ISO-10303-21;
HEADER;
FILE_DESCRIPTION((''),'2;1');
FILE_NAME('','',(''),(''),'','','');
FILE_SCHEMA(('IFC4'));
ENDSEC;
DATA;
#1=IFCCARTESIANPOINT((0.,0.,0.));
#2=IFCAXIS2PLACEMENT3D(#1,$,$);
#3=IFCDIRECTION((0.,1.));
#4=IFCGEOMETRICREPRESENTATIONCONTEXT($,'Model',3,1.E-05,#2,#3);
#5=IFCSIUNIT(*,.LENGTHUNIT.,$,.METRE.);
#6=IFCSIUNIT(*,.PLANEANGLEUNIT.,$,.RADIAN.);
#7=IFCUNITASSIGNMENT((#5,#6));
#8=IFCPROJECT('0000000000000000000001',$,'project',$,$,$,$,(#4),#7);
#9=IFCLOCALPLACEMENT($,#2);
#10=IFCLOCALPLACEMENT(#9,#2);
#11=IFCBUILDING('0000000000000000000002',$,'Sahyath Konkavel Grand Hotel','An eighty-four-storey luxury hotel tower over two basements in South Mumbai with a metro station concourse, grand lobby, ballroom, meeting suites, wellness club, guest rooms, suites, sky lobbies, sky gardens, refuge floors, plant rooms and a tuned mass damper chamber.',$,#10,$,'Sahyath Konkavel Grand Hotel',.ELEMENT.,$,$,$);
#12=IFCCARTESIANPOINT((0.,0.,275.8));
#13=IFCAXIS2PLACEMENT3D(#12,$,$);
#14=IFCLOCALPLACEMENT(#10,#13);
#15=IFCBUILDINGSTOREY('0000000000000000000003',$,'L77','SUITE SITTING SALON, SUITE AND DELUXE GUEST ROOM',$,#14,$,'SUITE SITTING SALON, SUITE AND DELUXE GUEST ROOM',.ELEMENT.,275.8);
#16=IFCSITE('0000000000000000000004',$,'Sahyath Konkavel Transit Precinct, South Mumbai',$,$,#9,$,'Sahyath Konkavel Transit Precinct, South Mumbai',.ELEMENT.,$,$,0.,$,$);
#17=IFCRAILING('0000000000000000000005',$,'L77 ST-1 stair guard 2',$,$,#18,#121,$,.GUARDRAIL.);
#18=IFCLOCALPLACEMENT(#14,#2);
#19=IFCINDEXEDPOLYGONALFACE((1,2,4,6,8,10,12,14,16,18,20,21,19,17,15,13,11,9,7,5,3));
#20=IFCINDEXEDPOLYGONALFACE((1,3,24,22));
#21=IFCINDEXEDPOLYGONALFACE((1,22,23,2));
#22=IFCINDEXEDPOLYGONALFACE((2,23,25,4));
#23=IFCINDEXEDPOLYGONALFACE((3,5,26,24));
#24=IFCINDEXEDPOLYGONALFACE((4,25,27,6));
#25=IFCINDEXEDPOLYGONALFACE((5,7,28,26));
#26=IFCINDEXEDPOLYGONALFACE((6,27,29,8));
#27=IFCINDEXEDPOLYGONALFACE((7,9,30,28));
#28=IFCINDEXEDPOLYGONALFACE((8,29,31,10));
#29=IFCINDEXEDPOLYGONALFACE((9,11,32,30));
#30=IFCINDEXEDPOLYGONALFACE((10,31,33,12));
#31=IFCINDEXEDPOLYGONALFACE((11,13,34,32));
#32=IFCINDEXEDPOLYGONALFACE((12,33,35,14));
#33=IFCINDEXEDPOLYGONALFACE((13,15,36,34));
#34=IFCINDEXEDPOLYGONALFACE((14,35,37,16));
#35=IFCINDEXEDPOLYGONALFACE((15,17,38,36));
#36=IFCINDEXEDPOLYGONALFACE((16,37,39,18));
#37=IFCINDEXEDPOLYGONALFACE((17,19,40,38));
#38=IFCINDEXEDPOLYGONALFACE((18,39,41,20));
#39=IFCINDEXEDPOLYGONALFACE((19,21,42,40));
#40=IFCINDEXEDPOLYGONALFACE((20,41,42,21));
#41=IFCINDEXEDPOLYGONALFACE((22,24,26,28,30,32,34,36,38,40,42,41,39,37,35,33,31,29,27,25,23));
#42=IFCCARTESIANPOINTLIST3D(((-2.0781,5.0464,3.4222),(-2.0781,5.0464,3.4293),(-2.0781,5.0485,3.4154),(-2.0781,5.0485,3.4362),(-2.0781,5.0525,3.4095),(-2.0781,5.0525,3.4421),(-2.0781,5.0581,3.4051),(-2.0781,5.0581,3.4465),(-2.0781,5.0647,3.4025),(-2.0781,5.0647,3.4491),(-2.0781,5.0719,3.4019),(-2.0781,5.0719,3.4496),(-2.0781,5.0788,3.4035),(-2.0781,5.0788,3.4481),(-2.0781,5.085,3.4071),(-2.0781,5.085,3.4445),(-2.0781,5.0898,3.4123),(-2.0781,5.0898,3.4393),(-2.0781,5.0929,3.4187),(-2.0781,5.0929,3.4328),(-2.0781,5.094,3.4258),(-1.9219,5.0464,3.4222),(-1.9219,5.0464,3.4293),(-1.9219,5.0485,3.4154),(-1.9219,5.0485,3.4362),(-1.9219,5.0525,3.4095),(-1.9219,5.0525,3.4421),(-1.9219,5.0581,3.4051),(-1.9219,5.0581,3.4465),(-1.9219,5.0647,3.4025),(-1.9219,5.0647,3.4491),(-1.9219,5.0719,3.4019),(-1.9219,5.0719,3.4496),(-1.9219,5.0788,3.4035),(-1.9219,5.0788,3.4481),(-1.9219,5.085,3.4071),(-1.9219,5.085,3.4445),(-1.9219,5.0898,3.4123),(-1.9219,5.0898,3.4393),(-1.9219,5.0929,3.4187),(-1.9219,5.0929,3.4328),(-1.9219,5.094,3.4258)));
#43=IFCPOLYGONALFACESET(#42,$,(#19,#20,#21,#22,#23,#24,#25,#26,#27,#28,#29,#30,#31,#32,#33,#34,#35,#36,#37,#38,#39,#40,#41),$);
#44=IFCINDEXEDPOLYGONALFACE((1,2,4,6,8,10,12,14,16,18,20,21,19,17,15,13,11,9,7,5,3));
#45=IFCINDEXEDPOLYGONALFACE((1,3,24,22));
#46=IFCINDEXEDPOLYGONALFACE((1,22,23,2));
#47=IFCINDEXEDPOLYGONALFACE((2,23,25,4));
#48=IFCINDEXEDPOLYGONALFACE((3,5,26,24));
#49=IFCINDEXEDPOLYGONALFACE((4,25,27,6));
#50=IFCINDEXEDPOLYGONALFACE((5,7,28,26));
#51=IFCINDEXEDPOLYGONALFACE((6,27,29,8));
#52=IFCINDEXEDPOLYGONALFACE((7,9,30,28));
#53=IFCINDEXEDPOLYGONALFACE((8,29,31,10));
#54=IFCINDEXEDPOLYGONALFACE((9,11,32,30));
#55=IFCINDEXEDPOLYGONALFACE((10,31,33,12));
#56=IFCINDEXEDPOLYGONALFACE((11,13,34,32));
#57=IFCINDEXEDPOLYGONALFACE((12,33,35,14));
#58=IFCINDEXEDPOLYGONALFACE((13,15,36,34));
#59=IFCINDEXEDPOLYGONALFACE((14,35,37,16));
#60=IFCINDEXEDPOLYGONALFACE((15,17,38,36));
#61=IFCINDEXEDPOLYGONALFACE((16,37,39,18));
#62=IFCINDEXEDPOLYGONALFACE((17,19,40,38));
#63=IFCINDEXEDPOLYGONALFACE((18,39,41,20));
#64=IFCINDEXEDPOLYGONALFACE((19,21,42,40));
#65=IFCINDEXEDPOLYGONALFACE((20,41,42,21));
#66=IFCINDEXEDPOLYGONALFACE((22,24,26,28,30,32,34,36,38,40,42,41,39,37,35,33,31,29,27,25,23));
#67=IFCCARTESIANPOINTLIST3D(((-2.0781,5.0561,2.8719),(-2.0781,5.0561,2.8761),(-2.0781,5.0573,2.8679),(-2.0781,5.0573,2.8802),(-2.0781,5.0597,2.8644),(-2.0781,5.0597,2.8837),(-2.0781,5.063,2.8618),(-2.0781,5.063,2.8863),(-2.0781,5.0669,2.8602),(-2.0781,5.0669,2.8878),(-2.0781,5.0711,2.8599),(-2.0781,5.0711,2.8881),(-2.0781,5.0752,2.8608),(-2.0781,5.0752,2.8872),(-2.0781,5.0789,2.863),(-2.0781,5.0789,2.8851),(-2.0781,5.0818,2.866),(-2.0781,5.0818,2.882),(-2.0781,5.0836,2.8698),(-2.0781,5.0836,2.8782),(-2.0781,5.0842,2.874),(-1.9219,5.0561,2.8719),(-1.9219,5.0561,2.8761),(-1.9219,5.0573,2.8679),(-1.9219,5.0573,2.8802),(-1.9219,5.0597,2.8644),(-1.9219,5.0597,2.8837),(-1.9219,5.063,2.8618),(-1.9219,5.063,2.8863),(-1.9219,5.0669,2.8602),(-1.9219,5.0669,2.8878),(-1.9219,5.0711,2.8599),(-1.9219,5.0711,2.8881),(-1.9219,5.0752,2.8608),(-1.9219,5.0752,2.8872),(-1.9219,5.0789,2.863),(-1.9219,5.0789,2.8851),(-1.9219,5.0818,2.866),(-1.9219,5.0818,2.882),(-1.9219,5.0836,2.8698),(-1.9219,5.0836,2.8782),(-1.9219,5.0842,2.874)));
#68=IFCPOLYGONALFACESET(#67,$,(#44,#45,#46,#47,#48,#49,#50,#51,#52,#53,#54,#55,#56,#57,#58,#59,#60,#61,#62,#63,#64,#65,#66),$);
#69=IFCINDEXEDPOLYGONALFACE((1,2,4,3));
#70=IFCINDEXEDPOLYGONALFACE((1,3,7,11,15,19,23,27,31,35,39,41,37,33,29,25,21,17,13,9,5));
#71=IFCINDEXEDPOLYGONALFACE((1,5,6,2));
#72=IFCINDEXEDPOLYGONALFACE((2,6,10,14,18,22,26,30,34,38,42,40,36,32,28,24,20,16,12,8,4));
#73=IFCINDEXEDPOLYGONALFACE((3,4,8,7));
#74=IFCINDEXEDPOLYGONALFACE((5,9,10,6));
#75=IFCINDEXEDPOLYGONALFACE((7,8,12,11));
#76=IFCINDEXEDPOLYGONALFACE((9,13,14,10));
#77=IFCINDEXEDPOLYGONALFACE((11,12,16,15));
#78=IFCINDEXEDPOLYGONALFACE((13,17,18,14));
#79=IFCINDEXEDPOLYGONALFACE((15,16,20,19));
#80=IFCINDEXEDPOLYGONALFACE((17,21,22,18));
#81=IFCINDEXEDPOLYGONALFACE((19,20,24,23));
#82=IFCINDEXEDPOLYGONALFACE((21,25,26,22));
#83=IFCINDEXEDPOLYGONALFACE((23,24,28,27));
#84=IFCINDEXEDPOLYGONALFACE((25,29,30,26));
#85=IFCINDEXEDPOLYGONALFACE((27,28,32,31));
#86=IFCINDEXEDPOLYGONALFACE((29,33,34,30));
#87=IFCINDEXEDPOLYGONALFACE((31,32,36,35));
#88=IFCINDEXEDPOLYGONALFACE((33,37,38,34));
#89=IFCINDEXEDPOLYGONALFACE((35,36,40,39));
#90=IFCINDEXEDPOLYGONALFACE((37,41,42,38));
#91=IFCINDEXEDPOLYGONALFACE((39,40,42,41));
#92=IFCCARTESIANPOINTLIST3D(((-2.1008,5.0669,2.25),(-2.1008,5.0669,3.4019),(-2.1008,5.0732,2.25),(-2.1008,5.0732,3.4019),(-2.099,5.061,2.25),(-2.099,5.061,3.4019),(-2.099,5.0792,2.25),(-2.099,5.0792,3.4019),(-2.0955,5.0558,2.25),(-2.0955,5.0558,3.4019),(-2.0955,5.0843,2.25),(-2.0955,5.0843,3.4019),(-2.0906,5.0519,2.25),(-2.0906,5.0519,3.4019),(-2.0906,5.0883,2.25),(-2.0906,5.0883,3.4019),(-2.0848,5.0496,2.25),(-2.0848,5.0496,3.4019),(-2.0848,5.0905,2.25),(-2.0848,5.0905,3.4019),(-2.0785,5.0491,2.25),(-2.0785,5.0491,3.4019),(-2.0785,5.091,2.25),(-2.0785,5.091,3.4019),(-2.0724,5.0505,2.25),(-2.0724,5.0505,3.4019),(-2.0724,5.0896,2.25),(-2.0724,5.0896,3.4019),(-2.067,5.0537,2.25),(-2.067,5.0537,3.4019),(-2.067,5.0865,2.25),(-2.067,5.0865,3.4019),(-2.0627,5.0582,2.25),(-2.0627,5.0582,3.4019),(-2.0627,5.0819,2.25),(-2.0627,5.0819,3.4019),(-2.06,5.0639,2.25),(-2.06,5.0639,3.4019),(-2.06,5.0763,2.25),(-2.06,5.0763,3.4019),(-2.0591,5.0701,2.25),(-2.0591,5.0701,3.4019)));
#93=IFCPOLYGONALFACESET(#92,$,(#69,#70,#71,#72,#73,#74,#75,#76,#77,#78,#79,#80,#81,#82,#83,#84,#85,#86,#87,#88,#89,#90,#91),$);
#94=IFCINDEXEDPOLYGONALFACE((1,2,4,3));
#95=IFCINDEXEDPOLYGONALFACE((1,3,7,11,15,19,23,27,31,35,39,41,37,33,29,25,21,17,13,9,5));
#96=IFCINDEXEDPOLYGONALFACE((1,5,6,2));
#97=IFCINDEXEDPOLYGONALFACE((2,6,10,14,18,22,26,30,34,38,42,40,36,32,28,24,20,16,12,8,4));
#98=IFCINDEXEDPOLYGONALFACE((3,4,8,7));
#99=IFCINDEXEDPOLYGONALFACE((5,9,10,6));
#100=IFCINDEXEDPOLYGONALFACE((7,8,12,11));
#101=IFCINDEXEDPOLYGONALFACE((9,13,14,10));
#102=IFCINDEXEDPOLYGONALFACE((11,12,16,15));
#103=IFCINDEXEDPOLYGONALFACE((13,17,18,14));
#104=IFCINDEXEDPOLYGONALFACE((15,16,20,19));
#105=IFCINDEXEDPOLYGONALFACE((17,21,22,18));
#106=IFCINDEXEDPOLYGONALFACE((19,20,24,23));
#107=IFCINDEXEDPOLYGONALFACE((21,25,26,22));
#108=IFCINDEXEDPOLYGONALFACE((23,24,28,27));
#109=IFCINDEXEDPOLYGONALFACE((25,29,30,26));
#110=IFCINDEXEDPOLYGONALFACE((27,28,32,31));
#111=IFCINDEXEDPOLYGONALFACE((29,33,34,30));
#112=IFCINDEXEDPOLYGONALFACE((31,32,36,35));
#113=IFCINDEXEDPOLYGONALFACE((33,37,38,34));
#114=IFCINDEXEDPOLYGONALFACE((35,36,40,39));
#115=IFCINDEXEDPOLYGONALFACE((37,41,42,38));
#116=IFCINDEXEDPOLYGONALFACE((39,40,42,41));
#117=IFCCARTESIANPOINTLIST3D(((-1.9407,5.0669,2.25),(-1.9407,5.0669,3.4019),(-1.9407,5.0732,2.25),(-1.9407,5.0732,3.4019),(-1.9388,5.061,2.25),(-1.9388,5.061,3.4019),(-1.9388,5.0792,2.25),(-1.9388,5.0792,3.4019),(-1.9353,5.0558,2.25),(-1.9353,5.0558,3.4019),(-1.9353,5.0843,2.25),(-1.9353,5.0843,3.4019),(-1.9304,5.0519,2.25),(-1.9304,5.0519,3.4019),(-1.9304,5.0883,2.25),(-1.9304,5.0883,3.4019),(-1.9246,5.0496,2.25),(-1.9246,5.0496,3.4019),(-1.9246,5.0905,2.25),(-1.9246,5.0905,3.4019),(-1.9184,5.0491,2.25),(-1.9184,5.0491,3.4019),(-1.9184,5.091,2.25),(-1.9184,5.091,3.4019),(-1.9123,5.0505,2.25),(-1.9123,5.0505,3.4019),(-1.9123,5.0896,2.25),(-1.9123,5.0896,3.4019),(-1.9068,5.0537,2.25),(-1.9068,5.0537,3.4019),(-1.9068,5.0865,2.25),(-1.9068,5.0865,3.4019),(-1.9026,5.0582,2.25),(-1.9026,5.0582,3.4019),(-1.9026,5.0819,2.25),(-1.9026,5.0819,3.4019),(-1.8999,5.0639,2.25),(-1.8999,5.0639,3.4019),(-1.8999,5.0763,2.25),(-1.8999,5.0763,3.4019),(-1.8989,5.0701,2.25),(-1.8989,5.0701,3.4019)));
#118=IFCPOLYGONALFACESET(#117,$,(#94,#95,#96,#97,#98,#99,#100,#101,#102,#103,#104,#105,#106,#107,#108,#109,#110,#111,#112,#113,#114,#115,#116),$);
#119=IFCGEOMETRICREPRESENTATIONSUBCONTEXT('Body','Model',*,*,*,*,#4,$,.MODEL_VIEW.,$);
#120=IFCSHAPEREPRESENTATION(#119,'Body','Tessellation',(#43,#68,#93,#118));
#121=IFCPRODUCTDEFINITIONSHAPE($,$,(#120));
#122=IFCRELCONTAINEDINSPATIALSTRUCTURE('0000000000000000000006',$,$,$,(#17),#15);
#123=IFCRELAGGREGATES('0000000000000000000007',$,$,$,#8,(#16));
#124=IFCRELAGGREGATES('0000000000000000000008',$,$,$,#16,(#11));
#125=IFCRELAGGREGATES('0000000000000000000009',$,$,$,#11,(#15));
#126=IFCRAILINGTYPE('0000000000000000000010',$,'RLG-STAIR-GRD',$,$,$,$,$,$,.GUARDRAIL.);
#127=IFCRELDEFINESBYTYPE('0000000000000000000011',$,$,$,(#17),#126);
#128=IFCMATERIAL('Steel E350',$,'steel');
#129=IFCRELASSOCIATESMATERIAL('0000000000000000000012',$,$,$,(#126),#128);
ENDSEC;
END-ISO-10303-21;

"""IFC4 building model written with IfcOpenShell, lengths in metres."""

from ifc_helpers import new_model, si_unit, direction, frame, origin, origin_2d, place, context, subcontext, project, spatial, circle, extrude, material, type_object, element, save


model = new_model("IFC4")

# Units and contexts
model_context = context("Model", 3, precision=1e-05, world=origin(), true_north=direction((0.0, 1.0)))
body_context = subcontext(model_context, "Body", "Model", "MODEL_VIEW")
ifc_project = project(units=[si_unit("LENGTHUNIT", "METRE"), si_unit("PLANEANGLEUNIT", "RADIAN")], contexts=[model_context])

# Site, building, storey
site_placement = place(None, origin())
site = spatial("IfcSite", under=ifc_project, at=site_placement, Name="Sahyath Konkavel Transit Precinct, South Mumbai", LongName="Sahyath Konkavel Transit Precinct, South Mumbai", CompositionType="ELEMENT", RefElevation=0.0)
building_placement = place(site_placement, origin())
building = spatial("IfcBuilding", under=site, at=building_placement, Name="Sahyath Konkavel Grand Hotel", Description="An eighty-four-storey luxury hotel tower over two basements in South Mumbai with a metro station concourse, grand lobby, ballroom, meeting suites, wellness club, guest rooms, suites, sky lobbies, sky gardens, refuge floors, plant rooms and a tuned mass damper chamber.", LongName="Sahyath Konkavel Grand Hotel", CompositionType="ELEMENT")
storey_placement = place(building_placement, frame((0.0, 0.0, 275.8)))
storey = spatial("IfcBuildingStorey", under=building, at=storey_placement, Name="L77", Description="SUITE SITTING SALON, SUITE AND DELUXE GUEST ROOM", LongName="SUITE SITTING SALON, SUITE AND DELUXE GUEST ROOM", CompositionType="ELEMENT", Elevation=275.8)

# Shared definitions
ifc_material_1 = material(Name="Steel E350", Category="steel")

# Railing
railing_type_1 = type_object("IfcRailingType", Name="RLG-STAIR-GRD", PredefinedType="GUARDRAIL", material=ifc_material_1)
railing_1_placement = place(storey_placement, frame((-2.0801, 5.0701, 2.25)))
element("IfcRailing", 1, at=railing_1_placement, inside=storey, type_object=railing_type_1, Name="L77 ST-1 stair guard 2", PredefinedType="GUARDRAIL", context=body_context, shape_type="SweptSolid", body=[
    extrude(circle(Radius=0.0239, at=origin_2d()), frame((0.002, 0.0, 1.1758), z_axis=(1.0, 0.0, 0.0), x_axis=(0.0, 1.0, 0.0)), (0.0, 0.0, 1.0), 0.1562),
    extrude(circle(Radius=0.0142, at=origin_2d()), frame((0.002, 0.0, 0.624), z_axis=(1.0, 0.0, 0.0), x_axis=(0.0, 1.0, 0.0)), (0.0, 0.0, 1.0), 0.1562),
    extrude(circle(Radius=0.021, at=origin_2d()), origin(), (0.0, 0.0, 1.0), 1.1519),
    extrude(circle(Radius=0.021, at=origin_2d()), frame((0.1602, 0.0, 0.0)), (0.0, 0.0, 1.0), 1.1519),
])

save(model, "model.ifc")
